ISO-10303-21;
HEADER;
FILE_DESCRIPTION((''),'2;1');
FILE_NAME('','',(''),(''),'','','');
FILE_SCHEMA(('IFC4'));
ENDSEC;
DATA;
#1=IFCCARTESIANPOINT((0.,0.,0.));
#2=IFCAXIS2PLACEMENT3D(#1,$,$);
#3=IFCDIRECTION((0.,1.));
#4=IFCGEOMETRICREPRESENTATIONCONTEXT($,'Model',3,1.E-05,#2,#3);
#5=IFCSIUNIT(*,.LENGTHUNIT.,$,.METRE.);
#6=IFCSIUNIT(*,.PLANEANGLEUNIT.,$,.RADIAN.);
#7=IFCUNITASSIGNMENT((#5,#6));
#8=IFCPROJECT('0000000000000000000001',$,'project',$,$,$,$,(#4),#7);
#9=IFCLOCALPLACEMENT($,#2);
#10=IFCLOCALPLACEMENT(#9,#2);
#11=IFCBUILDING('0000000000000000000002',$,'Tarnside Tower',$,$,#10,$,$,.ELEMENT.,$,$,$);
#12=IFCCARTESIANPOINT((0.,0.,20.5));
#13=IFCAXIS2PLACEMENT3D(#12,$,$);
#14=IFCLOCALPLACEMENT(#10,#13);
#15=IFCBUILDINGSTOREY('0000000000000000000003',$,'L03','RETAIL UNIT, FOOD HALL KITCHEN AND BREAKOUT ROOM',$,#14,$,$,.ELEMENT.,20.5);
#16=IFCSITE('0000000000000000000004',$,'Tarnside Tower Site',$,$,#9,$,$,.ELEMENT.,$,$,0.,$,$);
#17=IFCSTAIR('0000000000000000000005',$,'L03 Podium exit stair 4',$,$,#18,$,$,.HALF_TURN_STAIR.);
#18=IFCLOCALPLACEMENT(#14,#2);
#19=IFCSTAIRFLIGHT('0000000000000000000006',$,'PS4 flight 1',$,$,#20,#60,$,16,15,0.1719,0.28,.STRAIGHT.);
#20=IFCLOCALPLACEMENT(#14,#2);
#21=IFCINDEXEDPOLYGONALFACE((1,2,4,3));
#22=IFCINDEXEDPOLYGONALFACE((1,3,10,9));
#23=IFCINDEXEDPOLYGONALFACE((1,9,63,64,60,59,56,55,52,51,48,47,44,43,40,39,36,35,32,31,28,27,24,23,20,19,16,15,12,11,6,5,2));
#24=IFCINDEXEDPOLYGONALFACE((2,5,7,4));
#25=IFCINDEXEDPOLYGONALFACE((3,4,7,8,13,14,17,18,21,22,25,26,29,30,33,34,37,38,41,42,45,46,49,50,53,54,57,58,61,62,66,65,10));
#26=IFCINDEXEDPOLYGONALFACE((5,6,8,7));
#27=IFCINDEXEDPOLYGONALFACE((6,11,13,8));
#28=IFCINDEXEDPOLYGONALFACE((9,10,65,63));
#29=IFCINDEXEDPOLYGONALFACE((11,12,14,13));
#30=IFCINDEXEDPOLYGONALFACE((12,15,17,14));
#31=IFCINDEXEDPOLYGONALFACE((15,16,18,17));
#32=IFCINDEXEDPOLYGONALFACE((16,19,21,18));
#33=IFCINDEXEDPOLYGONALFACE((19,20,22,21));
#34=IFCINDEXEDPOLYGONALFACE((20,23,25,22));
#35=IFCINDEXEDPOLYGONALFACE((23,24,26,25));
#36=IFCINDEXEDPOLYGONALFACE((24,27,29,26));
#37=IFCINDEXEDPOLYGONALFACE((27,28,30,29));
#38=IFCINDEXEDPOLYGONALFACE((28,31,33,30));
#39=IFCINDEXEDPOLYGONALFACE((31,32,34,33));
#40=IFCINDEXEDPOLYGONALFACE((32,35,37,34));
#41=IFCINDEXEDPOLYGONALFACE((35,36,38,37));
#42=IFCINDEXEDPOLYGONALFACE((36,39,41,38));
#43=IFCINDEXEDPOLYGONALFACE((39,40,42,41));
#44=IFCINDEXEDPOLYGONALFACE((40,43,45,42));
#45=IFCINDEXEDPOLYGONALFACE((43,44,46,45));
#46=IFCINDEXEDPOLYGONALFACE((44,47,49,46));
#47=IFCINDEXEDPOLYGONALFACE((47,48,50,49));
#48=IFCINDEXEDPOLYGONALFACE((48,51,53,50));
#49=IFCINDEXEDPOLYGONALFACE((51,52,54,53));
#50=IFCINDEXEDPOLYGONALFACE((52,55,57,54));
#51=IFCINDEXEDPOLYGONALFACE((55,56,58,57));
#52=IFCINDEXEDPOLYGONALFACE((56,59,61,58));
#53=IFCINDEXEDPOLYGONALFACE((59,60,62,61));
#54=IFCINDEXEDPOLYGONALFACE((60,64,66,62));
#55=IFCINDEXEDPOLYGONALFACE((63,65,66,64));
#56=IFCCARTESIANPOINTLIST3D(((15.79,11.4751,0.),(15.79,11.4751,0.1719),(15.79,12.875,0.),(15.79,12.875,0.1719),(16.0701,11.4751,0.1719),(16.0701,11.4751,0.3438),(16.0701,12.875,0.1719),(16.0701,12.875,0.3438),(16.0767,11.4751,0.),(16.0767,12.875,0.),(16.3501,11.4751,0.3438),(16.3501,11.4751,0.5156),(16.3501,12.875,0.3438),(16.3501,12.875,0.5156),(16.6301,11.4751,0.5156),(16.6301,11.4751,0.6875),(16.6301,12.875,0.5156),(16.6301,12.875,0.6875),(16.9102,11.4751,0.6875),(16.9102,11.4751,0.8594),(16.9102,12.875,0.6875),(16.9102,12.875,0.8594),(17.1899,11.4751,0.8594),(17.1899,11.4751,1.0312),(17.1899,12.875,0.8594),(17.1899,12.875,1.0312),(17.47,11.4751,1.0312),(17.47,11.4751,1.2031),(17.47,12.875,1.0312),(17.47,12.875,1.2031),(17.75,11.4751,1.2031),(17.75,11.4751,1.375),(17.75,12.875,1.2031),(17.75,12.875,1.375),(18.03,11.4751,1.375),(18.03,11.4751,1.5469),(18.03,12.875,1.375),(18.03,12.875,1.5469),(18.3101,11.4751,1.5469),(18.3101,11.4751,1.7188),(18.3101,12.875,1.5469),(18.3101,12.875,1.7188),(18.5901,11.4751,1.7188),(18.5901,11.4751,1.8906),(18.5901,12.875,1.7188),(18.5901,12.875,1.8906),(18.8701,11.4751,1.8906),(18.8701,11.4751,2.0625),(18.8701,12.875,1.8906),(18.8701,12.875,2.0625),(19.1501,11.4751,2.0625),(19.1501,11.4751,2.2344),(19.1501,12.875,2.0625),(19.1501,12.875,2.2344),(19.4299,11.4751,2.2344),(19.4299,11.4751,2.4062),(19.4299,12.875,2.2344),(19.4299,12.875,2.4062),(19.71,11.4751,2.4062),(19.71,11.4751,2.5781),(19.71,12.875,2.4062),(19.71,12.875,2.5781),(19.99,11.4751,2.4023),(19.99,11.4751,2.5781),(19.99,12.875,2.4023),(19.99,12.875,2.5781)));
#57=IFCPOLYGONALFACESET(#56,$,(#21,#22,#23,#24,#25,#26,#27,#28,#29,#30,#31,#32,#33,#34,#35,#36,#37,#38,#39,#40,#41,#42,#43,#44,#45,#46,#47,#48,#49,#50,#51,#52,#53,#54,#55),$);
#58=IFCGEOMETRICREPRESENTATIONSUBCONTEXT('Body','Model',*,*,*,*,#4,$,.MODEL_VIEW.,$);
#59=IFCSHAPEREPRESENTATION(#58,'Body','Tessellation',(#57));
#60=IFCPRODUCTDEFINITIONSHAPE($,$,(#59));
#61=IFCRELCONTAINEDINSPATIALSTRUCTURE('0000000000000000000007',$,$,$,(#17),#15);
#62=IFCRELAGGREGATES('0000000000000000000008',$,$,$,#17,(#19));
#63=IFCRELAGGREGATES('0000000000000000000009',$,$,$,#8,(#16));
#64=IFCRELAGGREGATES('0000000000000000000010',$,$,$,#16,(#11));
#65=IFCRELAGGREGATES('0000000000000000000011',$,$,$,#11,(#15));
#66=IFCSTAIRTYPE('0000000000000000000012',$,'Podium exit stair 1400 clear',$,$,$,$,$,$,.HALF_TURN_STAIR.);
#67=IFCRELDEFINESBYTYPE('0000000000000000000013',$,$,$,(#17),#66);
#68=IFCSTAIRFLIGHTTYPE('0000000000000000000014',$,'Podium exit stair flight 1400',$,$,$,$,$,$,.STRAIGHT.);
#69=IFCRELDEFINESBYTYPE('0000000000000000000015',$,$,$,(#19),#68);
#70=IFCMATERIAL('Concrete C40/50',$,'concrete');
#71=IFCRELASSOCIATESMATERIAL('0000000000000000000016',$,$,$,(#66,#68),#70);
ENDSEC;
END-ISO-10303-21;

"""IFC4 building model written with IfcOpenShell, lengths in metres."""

from ifc_helpers import new_model, si_unit, direction, frame, origin, place, context, subcontext, project, spatial, polyline, outline, extrude, material, type_object, element, aggregate, save


model = new_model("IFC4")

# Units and contexts
model_context = context("Model", 3, precision=1e-05, world=origin(), true_north=direction((0.0, 1.0)))
body_context = subcontext(model_context, "Body", "Model", "MODEL_VIEW")
ifc_project = project(units=[si_unit("LENGTHUNIT", "METRE"), si_unit("PLANEANGLEUNIT", "RADIAN")], contexts=[model_context])

# Site, building, storey
site_placement = place(None, origin())
site = spatial("IfcSite", under=ifc_project, at=site_placement, Name="Tarnside Tower Site", CompositionType="ELEMENT", RefElevation=0.0)
building_placement = place(site_placement, origin())
building = spatial("IfcBuilding", under=site, at=building_placement, Name="Tarnside Tower", CompositionType="ELEMENT")
storey_placement = place(building_placement, frame((0.0, 0.0, 20.5)))
storey = spatial("IfcBuildingStorey", under=building, at=storey_placement, Name="L03", Description="RETAIL UNIT, FOOD HALL KITCHEN AND BREAKOUT ROOM", CompositionType="ELEMENT", Elevation=20.5)

# Shared definitions
ifc_material_1 = material(Name="Concrete C40/50", Category="concrete")

# Stair, stair flight
stair_type = type_object("IfcStairType", Name="Podium exit stair 1400 clear", PredefinedType="HALF_TURN_STAIR", material=ifc_material_1)
stair_placement = place(storey_placement, origin())
stair = element("IfcStair", 1, at=stair_placement, inside=storey, type_object=stair_type, Name="L03 Podium exit stair 4", PredefinedType="HALF_TURN_STAIR")
stair_flight_type = type_object("IfcStairFlightType", Name="Podium exit stair flight 1400", PredefinedType="STRAIGHT", material=ifc_material_1)
stair_flight_placement = place(storey_placement, frame((15.79, 12.175, 0.0), z_axis=(0.0, 0.0, 1.0), x_axis=(1.0, 0.0, 0.0)))
stair_flight = element("IfcStairFlight", 2, at=stair_flight_placement, type_object=stair_flight_type, Name="PS4 flight 1", NumberOfRisers=16, NumberOfTreads=15, PredefinedType="STRAIGHT", RiserHeight=0.1719, TreadLength=0.28, context=body_context, shape_type="SweptSolid", body=[
    extrude(outline(polyline([(0.0, 0.0), (0.0, 0.1719), (0.28, 0.1719), (0.28, 0.3438), (0.5601, 0.3438), (0.5601, 0.5156), (0.8401, 0.5156), (0.8401, 0.6875), (1.1201, 0.6875), (1.1201, 0.8594), (1.3999, 0.8594), (1.3999, 1.0312), (1.6799, 1.0312), (1.6799, 1.2031), (1.96, 1.2031), (1.96, 1.375), (2.24, 1.375), (2.24, 1.5469), (2.52, 1.5469), (2.52, 1.7188), (2.8, 1.7188), (2.8, 1.8906), (3.0801, 1.8906), (3.0801, 2.0625), (3.3601, 2.0625), (3.3601, 2.2344), (3.6399, 2.2344), (3.6399, 2.4062), (3.9199, 2.4062), (3.9199, 2.5781), (4.2, 2.5781), (4.2, 2.75), (4.2, 2.4023), (0.2866, 0.0), (0.0, 0.0)])), frame((0.0, 0.7, 0.0), z_axis=(0.0, -1.0, 0.0), x_axis=(1.0, 0.0, 0.0)), (0.0, 0.0, 1.0), 1.3999),
])
aggregate(stair, [stair_flight])

save(model, "model.ifc")
